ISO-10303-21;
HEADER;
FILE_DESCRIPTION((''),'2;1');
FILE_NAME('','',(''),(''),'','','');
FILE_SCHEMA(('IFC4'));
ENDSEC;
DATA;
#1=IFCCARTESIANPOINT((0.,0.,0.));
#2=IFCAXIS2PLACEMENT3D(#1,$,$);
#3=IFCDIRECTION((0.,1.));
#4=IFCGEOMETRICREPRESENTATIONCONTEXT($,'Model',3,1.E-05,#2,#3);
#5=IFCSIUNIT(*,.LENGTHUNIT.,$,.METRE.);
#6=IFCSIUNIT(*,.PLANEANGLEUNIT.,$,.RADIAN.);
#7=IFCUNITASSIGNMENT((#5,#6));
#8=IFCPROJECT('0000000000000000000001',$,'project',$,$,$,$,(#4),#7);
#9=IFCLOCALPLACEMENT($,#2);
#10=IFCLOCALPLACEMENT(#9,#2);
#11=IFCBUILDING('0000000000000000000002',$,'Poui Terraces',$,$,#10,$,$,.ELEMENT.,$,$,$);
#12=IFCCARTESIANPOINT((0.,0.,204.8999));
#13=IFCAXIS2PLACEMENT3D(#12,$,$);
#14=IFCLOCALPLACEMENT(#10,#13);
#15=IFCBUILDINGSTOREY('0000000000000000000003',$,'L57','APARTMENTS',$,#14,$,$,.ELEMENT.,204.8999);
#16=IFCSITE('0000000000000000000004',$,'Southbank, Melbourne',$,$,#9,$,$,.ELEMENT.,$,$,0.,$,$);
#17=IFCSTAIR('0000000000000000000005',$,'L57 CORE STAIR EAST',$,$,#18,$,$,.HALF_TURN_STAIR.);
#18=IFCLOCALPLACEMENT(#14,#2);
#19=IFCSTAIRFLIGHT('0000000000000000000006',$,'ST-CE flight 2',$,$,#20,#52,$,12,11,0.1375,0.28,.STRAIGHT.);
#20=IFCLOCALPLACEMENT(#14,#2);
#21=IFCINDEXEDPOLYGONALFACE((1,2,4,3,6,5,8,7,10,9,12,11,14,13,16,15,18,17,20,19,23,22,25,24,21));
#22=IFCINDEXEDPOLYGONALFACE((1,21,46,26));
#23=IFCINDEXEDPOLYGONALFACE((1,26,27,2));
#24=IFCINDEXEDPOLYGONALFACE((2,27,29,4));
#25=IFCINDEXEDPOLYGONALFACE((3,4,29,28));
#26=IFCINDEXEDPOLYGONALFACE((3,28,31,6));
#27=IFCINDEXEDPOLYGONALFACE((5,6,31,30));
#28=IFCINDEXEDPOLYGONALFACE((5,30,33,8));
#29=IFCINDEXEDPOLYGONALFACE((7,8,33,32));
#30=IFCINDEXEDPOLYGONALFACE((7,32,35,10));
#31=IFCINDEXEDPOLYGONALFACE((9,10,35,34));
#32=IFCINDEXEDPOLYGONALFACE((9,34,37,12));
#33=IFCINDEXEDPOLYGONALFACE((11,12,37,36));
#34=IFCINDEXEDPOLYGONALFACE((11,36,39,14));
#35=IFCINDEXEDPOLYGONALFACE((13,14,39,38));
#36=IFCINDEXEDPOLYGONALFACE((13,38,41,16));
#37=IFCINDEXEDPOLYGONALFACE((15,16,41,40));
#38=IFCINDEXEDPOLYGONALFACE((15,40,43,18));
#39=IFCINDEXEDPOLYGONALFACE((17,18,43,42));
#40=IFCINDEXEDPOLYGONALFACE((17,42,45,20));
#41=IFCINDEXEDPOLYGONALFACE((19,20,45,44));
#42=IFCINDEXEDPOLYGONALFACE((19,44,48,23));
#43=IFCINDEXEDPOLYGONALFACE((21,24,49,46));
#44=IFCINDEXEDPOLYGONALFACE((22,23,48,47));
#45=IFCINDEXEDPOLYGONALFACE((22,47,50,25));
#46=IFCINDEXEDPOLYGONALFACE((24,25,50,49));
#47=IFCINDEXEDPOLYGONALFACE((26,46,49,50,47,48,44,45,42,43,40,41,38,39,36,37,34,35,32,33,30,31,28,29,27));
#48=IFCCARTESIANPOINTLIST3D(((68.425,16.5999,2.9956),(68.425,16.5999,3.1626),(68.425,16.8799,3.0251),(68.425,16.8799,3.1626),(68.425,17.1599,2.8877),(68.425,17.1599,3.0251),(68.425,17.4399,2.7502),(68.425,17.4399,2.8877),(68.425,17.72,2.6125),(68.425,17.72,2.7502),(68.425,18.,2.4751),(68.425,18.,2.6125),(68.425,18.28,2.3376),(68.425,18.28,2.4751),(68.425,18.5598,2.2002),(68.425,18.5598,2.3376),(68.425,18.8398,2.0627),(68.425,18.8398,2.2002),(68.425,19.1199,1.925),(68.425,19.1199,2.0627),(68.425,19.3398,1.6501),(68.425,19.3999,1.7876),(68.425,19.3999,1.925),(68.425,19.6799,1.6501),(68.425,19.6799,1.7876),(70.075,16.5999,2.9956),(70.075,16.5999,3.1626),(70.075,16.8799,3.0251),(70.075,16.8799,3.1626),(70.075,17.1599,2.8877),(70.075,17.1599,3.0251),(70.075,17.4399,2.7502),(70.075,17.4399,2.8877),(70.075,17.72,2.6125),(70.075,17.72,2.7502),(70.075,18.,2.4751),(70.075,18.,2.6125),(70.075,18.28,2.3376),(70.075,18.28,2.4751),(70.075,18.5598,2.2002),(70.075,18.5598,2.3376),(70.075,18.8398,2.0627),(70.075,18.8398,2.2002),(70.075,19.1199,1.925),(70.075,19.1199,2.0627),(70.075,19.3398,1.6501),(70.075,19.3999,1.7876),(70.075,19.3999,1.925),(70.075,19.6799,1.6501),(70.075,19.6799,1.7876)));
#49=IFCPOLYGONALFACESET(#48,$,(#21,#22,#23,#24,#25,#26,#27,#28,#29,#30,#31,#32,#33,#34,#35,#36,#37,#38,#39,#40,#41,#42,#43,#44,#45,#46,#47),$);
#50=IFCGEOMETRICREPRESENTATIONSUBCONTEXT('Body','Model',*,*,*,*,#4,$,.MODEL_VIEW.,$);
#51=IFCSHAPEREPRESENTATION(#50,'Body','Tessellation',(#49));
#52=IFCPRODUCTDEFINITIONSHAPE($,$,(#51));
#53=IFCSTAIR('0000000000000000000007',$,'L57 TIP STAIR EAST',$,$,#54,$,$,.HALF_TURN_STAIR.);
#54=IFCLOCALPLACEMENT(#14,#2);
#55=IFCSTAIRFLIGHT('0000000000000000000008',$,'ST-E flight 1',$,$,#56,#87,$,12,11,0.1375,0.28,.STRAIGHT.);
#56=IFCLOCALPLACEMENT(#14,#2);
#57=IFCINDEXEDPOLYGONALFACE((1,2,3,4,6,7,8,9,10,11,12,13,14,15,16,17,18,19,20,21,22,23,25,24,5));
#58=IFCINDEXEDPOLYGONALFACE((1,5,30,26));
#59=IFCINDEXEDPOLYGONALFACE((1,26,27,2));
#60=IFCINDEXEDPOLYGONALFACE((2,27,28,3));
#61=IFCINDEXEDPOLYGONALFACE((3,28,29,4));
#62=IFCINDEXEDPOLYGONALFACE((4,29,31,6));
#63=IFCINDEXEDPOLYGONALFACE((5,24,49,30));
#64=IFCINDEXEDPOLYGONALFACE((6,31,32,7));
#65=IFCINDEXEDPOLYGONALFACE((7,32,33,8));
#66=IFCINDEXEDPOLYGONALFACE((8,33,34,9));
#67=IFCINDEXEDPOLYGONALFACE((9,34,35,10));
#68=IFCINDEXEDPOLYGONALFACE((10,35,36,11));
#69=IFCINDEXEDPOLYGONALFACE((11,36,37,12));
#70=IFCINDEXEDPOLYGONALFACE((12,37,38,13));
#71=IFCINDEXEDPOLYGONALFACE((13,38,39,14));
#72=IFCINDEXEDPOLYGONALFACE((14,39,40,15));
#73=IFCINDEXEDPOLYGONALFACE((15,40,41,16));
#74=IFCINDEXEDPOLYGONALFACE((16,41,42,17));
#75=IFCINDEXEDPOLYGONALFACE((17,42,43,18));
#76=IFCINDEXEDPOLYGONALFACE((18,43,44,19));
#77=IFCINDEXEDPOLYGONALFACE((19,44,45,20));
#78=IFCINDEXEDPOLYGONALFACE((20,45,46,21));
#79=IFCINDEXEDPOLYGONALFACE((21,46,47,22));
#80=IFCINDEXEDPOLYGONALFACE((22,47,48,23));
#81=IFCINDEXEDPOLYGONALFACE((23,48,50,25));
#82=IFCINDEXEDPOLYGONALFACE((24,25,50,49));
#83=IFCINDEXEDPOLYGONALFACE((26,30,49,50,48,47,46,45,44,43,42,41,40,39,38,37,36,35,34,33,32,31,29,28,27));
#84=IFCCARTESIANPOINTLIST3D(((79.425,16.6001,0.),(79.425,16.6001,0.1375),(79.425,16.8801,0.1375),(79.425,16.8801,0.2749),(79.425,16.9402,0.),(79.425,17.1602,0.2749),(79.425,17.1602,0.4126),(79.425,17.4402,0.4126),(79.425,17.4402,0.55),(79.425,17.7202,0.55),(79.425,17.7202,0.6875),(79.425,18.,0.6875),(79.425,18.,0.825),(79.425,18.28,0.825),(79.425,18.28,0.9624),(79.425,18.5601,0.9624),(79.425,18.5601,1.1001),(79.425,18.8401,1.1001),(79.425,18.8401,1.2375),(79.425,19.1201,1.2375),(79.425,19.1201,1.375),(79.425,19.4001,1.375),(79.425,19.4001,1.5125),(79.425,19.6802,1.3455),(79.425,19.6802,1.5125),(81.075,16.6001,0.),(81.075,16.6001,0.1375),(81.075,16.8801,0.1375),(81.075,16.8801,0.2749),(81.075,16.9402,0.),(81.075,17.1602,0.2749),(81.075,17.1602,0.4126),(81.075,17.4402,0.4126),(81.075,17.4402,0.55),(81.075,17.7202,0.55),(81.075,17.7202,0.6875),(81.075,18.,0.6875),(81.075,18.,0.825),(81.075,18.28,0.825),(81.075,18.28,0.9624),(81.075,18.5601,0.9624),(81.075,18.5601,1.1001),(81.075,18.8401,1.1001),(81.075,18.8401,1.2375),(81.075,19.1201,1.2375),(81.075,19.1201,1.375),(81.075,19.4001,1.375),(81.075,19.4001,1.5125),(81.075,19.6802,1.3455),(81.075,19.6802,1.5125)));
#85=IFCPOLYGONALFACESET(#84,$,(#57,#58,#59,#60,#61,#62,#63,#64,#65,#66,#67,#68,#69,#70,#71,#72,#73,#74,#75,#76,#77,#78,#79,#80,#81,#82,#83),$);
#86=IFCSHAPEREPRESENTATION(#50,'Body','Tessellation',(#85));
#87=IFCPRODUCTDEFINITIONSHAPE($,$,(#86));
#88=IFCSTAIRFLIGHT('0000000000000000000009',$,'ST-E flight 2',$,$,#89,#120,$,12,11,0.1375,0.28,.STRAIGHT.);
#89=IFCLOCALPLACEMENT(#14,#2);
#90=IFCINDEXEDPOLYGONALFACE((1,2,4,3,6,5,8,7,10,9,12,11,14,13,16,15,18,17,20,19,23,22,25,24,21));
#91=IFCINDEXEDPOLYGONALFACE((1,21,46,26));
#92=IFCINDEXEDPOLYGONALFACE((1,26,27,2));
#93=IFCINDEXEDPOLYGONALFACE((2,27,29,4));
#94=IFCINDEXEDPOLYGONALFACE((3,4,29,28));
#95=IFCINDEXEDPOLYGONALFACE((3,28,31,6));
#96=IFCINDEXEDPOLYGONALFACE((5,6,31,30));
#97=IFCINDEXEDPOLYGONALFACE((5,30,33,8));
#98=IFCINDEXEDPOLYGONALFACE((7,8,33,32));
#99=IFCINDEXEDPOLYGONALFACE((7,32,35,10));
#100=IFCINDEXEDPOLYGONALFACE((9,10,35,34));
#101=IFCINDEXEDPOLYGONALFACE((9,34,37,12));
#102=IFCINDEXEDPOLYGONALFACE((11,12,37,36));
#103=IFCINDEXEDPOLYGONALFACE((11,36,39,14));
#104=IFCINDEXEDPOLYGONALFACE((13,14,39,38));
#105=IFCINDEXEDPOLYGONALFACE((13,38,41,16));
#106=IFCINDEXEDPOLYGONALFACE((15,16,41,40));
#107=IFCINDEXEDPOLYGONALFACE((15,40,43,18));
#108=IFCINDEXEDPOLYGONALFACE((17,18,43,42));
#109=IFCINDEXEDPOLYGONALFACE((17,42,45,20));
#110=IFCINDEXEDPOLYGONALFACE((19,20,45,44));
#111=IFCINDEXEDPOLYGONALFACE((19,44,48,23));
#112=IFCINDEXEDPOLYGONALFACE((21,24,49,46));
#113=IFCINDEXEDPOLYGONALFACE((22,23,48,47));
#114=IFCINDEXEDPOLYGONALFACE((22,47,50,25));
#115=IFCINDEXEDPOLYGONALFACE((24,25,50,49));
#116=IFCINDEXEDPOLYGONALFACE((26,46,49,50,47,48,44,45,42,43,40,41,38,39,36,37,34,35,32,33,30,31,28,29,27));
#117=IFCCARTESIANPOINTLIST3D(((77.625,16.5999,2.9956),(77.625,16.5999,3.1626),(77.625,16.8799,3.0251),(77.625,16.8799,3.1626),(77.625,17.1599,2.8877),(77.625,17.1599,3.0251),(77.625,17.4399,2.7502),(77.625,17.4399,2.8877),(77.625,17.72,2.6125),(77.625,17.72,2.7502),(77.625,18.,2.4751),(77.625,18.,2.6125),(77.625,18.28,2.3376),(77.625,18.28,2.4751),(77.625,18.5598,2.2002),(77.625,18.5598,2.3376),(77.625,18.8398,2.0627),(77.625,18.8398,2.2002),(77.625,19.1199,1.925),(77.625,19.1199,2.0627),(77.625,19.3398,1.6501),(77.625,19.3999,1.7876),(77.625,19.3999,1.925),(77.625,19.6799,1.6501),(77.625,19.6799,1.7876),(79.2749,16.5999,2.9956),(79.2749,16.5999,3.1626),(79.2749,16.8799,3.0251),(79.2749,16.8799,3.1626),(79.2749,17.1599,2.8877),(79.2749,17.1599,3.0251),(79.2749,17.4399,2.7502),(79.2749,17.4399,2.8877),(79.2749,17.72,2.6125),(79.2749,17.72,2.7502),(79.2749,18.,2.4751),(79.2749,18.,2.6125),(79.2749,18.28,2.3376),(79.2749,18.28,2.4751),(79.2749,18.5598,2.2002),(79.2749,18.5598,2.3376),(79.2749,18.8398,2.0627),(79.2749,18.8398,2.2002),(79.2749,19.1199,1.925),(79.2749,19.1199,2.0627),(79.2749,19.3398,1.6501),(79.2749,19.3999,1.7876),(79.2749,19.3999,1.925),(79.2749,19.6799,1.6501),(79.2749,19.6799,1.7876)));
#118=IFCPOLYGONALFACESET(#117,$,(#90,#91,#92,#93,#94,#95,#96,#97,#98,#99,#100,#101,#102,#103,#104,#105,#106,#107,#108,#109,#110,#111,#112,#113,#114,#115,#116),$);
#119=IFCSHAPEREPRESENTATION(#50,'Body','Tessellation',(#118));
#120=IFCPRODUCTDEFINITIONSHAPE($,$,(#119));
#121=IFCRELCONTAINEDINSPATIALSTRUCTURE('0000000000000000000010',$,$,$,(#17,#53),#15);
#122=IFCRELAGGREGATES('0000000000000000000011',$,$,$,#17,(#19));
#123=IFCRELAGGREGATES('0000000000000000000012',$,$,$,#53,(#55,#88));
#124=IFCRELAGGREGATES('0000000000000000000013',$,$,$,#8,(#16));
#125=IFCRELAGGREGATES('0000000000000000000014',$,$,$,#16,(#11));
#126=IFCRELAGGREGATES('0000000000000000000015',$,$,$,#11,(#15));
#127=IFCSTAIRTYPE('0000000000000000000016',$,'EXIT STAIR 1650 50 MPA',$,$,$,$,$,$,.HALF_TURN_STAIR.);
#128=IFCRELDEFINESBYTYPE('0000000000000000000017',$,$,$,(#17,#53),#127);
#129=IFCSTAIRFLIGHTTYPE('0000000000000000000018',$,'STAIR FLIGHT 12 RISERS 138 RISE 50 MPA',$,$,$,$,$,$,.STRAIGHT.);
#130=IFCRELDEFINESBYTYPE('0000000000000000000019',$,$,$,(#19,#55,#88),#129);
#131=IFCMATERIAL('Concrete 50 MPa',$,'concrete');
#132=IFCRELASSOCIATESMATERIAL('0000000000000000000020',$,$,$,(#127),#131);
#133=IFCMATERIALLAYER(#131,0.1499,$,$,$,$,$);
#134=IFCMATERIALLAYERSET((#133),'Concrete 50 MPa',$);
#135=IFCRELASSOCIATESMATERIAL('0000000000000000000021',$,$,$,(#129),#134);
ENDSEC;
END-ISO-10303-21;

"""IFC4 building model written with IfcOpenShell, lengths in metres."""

from ifc_helpers import new_model, si_unit, direction, frame, origin, place, context, subcontext, project, spatial, polyline, outline, extrude, material, layer, layer_set, type_object, element, aggregate, save


model = new_model("IFC4")

# Units and contexts
model_context = context("Model", 3, precision=1e-05, world=origin(), true_north=direction((0.0, 1.0)))
body_context = subcontext(model_context, "Body", "Model", "MODEL_VIEW")
ifc_project = project(units=[si_unit("LENGTHUNIT", "METRE"), si_unit("PLANEANGLEUNIT", "RADIAN")], contexts=[model_context])

# Site, building, storey
site_placement = place(None, origin())
site = spatial("IfcSite", under=ifc_project, at=site_placement, Name="Southbank, Melbourne", CompositionType="ELEMENT", RefElevation=0.0)
building_placement = place(site_placement, origin())
building = spatial("IfcBuilding", under=site, at=building_placement, Name="Poui Terraces", CompositionType="ELEMENT")
storey_placement = place(building_placement, frame((0.0, 0.0, 204.8999)))
storey = spatial("IfcBuildingStorey", under=building, at=storey_placement, Name="L57", Description="APARTMENTS", CompositionType="ELEMENT", Elevation=204.8999)

# Shared definitions
ifc_material_1 = material(Name="Concrete 50 MPa", Category="concrete")

# Stairs, stair flights
stair_type = type_object("IfcStairType", Name="EXIT STAIR 1650 50 MPA", PredefinedType="HALF_TURN_STAIR", material=ifc_material_1)
stair_1_placement = place(storey_placement, origin())
stair_1 = element("IfcStair", 1, at=stair_1_placement, inside=storey, type_object=stair_type, Name="L57 CORE STAIR EAST", PredefinedType="HALF_TURN_STAIR")
ifc_layer_1 = layer(ifc_material_1, 0.1499)
ifc_layer_set_1 = layer_set([ifc_layer_1], Name="Concrete 50 MPa")
stair_flight_type = type_object("IfcStairFlightType", Name="STAIR FLIGHT 12 RISERS 138 RISE 50 MPA", PredefinedType="STRAIGHT", material=ifc_layer_set_1)
stair_flight_1_placement = place(storey_placement, frame((69.25, 19.6799, 1.6501), z_axis=(0.0, 0.0, 1.0), x_axis=(0.0, -1.0, 0.0)))
stair_flight_1 = element("IfcStairFlight", 2, at=stair_flight_1_placement, type_object=stair_flight_type, Name="ST-CE flight 2", NumberOfRisers=12, NumberOfTreads=11, PredefinedType="STRAIGHT", RiserHeight=0.1375, TreadLength=0.28, context=body_context, shape_type="SweptSolid", body=[
    extrude(outline(polyline([(0.0, 0.0), (0.0, 0.1375), (0.28, 0.1375), (0.28, 0.2749), (0.5601, 0.2749), (0.5601, 0.4126), (0.8401, 0.4126), (0.8401, 0.55), (1.1201, 0.55), (1.1201, 0.6875), (1.3999, 0.6875), (1.3999, 0.825), (1.6799, 0.825), (1.6799, 0.9624), (1.96, 0.9624), (1.96, 1.1001), (2.24, 1.1001), (2.24, 1.2375), (2.52, 1.2375), (2.52, 1.375), (2.8, 1.375), (2.8, 1.5125), (3.0801, 1.5125), (3.0801, 1.6499), (3.0801, 1.3455), (0.3401, 0.0), (0.0, 0.0)])), frame((0.0, 0.825, 0.0), z_axis=(0.0, -1.0, 0.0), x_axis=(1.0, 0.0, 0.0)), (0.0, 0.0, 1.0), 1.6499),
])
aggregate(stair_1, [stair_flight_1])
stair_2_placement = place(storey_placement, origin())
stair_2 = element("IfcStair", 3, at=stair_2_placement, inside=storey, type_object=stair_type, Name="L57 TIP STAIR EAST", PredefinedType="HALF_TURN_STAIR")
stair_flight_2_placement = place(storey_placement, frame((80.25, 16.6001, 0.0), z_axis=(0.0, 0.0, 1.0), x_axis=(0.0, 1.0, 0.0)))
stair_flight_2 = element("IfcStairFlight", 4, at=stair_flight_2_placement, type_object=stair_flight_type, Name="ST-E flight 1", NumberOfRisers=12, NumberOfTreads=11, PredefinedType="STRAIGHT", RiserHeight=0.1375, TreadLength=0.28, context=body_context, shape_type="SweptSolid", body=[
    extrude(outline(polyline([(0.0, 0.0), (0.0, 0.1375), (0.28, 0.1375), (0.28, 0.2749), (0.5601, 0.2749), (0.5601, 0.4126), (0.8401, 0.4126), (0.8401, 0.55), (1.1201, 0.55), (1.1201, 0.6875), (1.3999, 0.6875), (1.3999, 0.825), (1.6799, 0.825), (1.6799, 0.9624), (1.96, 0.9624), (1.96, 1.1001), (2.24, 1.1001), (2.24, 1.2375), (2.52, 1.2375), (2.52, 1.375), (2.8, 1.375), (2.8, 1.5125), (3.0801, 1.5125), (3.0801, 1.6499), (3.0801, 1.3455), (0.3401, 0.0), (0.0, 0.0)])), frame((0.0, 0.825, 0.0), z_axis=(0.0, -1.0, 0.0), x_axis=(1.0, 0.0, 0.0)), (0.0, 0.0, 1.0), 1.6499),
])
stair_flight_3_placement = place(storey_placement, frame((78.45, 19.6799, 1.6501), z_axis=(0.0, 0.0, 1.0), x_axis=(0.0, -1.0, 0.0)))
stair_flight_3 = element("IfcStairFlight", 5, at=stair_flight_3_placement, type_object=stair_flight_type, Name="ST-E flight 2", NumberOfRisers=12, NumberOfTreads=11, PredefinedType="STRAIGHT", RiserHeight=0.1375, TreadLength=0.28, context=body_context, shape_type="SweptSolid", body=[
    extrude(outline(polyline([(0.0, 0.0), (0.0, 0.1375), (0.28, 0.1375), (0.28, 0.2749), (0.5601, 0.2749), (0.5601, 0.4126), (0.8401, 0.4126), (0.8401, 0.55), (1.1201, 0.55), (1.1201, 0.6875), (1.3999, 0.6875), (1.3999, 0.825), (1.6799, 0.825), (1.6799, 0.9624), (1.96, 0.9624), (1.96, 1.1001), (2.24, 1.1001), (2.24, 1.2375), (2.52, 1.2375), (2.52, 1.375), (2.8, 1.375), (2.8, 1.5125), (3.0801, 1.5125), (3.0801, 1.6499), (3.0801, 1.3455), (0.3401, 0.0), (0.0, 0.0)])), frame((0.0, 0.825, 0.0), z_axis=(0.0, -1.0, 0.0), x_axis=(1.0, 0.0, 0.0)), (0.0, 0.0, 1.0), 1.6499),
])
aggregate(stair_2, [stair_flight_2, stair_flight_3])

save(model, "model.ifc")
